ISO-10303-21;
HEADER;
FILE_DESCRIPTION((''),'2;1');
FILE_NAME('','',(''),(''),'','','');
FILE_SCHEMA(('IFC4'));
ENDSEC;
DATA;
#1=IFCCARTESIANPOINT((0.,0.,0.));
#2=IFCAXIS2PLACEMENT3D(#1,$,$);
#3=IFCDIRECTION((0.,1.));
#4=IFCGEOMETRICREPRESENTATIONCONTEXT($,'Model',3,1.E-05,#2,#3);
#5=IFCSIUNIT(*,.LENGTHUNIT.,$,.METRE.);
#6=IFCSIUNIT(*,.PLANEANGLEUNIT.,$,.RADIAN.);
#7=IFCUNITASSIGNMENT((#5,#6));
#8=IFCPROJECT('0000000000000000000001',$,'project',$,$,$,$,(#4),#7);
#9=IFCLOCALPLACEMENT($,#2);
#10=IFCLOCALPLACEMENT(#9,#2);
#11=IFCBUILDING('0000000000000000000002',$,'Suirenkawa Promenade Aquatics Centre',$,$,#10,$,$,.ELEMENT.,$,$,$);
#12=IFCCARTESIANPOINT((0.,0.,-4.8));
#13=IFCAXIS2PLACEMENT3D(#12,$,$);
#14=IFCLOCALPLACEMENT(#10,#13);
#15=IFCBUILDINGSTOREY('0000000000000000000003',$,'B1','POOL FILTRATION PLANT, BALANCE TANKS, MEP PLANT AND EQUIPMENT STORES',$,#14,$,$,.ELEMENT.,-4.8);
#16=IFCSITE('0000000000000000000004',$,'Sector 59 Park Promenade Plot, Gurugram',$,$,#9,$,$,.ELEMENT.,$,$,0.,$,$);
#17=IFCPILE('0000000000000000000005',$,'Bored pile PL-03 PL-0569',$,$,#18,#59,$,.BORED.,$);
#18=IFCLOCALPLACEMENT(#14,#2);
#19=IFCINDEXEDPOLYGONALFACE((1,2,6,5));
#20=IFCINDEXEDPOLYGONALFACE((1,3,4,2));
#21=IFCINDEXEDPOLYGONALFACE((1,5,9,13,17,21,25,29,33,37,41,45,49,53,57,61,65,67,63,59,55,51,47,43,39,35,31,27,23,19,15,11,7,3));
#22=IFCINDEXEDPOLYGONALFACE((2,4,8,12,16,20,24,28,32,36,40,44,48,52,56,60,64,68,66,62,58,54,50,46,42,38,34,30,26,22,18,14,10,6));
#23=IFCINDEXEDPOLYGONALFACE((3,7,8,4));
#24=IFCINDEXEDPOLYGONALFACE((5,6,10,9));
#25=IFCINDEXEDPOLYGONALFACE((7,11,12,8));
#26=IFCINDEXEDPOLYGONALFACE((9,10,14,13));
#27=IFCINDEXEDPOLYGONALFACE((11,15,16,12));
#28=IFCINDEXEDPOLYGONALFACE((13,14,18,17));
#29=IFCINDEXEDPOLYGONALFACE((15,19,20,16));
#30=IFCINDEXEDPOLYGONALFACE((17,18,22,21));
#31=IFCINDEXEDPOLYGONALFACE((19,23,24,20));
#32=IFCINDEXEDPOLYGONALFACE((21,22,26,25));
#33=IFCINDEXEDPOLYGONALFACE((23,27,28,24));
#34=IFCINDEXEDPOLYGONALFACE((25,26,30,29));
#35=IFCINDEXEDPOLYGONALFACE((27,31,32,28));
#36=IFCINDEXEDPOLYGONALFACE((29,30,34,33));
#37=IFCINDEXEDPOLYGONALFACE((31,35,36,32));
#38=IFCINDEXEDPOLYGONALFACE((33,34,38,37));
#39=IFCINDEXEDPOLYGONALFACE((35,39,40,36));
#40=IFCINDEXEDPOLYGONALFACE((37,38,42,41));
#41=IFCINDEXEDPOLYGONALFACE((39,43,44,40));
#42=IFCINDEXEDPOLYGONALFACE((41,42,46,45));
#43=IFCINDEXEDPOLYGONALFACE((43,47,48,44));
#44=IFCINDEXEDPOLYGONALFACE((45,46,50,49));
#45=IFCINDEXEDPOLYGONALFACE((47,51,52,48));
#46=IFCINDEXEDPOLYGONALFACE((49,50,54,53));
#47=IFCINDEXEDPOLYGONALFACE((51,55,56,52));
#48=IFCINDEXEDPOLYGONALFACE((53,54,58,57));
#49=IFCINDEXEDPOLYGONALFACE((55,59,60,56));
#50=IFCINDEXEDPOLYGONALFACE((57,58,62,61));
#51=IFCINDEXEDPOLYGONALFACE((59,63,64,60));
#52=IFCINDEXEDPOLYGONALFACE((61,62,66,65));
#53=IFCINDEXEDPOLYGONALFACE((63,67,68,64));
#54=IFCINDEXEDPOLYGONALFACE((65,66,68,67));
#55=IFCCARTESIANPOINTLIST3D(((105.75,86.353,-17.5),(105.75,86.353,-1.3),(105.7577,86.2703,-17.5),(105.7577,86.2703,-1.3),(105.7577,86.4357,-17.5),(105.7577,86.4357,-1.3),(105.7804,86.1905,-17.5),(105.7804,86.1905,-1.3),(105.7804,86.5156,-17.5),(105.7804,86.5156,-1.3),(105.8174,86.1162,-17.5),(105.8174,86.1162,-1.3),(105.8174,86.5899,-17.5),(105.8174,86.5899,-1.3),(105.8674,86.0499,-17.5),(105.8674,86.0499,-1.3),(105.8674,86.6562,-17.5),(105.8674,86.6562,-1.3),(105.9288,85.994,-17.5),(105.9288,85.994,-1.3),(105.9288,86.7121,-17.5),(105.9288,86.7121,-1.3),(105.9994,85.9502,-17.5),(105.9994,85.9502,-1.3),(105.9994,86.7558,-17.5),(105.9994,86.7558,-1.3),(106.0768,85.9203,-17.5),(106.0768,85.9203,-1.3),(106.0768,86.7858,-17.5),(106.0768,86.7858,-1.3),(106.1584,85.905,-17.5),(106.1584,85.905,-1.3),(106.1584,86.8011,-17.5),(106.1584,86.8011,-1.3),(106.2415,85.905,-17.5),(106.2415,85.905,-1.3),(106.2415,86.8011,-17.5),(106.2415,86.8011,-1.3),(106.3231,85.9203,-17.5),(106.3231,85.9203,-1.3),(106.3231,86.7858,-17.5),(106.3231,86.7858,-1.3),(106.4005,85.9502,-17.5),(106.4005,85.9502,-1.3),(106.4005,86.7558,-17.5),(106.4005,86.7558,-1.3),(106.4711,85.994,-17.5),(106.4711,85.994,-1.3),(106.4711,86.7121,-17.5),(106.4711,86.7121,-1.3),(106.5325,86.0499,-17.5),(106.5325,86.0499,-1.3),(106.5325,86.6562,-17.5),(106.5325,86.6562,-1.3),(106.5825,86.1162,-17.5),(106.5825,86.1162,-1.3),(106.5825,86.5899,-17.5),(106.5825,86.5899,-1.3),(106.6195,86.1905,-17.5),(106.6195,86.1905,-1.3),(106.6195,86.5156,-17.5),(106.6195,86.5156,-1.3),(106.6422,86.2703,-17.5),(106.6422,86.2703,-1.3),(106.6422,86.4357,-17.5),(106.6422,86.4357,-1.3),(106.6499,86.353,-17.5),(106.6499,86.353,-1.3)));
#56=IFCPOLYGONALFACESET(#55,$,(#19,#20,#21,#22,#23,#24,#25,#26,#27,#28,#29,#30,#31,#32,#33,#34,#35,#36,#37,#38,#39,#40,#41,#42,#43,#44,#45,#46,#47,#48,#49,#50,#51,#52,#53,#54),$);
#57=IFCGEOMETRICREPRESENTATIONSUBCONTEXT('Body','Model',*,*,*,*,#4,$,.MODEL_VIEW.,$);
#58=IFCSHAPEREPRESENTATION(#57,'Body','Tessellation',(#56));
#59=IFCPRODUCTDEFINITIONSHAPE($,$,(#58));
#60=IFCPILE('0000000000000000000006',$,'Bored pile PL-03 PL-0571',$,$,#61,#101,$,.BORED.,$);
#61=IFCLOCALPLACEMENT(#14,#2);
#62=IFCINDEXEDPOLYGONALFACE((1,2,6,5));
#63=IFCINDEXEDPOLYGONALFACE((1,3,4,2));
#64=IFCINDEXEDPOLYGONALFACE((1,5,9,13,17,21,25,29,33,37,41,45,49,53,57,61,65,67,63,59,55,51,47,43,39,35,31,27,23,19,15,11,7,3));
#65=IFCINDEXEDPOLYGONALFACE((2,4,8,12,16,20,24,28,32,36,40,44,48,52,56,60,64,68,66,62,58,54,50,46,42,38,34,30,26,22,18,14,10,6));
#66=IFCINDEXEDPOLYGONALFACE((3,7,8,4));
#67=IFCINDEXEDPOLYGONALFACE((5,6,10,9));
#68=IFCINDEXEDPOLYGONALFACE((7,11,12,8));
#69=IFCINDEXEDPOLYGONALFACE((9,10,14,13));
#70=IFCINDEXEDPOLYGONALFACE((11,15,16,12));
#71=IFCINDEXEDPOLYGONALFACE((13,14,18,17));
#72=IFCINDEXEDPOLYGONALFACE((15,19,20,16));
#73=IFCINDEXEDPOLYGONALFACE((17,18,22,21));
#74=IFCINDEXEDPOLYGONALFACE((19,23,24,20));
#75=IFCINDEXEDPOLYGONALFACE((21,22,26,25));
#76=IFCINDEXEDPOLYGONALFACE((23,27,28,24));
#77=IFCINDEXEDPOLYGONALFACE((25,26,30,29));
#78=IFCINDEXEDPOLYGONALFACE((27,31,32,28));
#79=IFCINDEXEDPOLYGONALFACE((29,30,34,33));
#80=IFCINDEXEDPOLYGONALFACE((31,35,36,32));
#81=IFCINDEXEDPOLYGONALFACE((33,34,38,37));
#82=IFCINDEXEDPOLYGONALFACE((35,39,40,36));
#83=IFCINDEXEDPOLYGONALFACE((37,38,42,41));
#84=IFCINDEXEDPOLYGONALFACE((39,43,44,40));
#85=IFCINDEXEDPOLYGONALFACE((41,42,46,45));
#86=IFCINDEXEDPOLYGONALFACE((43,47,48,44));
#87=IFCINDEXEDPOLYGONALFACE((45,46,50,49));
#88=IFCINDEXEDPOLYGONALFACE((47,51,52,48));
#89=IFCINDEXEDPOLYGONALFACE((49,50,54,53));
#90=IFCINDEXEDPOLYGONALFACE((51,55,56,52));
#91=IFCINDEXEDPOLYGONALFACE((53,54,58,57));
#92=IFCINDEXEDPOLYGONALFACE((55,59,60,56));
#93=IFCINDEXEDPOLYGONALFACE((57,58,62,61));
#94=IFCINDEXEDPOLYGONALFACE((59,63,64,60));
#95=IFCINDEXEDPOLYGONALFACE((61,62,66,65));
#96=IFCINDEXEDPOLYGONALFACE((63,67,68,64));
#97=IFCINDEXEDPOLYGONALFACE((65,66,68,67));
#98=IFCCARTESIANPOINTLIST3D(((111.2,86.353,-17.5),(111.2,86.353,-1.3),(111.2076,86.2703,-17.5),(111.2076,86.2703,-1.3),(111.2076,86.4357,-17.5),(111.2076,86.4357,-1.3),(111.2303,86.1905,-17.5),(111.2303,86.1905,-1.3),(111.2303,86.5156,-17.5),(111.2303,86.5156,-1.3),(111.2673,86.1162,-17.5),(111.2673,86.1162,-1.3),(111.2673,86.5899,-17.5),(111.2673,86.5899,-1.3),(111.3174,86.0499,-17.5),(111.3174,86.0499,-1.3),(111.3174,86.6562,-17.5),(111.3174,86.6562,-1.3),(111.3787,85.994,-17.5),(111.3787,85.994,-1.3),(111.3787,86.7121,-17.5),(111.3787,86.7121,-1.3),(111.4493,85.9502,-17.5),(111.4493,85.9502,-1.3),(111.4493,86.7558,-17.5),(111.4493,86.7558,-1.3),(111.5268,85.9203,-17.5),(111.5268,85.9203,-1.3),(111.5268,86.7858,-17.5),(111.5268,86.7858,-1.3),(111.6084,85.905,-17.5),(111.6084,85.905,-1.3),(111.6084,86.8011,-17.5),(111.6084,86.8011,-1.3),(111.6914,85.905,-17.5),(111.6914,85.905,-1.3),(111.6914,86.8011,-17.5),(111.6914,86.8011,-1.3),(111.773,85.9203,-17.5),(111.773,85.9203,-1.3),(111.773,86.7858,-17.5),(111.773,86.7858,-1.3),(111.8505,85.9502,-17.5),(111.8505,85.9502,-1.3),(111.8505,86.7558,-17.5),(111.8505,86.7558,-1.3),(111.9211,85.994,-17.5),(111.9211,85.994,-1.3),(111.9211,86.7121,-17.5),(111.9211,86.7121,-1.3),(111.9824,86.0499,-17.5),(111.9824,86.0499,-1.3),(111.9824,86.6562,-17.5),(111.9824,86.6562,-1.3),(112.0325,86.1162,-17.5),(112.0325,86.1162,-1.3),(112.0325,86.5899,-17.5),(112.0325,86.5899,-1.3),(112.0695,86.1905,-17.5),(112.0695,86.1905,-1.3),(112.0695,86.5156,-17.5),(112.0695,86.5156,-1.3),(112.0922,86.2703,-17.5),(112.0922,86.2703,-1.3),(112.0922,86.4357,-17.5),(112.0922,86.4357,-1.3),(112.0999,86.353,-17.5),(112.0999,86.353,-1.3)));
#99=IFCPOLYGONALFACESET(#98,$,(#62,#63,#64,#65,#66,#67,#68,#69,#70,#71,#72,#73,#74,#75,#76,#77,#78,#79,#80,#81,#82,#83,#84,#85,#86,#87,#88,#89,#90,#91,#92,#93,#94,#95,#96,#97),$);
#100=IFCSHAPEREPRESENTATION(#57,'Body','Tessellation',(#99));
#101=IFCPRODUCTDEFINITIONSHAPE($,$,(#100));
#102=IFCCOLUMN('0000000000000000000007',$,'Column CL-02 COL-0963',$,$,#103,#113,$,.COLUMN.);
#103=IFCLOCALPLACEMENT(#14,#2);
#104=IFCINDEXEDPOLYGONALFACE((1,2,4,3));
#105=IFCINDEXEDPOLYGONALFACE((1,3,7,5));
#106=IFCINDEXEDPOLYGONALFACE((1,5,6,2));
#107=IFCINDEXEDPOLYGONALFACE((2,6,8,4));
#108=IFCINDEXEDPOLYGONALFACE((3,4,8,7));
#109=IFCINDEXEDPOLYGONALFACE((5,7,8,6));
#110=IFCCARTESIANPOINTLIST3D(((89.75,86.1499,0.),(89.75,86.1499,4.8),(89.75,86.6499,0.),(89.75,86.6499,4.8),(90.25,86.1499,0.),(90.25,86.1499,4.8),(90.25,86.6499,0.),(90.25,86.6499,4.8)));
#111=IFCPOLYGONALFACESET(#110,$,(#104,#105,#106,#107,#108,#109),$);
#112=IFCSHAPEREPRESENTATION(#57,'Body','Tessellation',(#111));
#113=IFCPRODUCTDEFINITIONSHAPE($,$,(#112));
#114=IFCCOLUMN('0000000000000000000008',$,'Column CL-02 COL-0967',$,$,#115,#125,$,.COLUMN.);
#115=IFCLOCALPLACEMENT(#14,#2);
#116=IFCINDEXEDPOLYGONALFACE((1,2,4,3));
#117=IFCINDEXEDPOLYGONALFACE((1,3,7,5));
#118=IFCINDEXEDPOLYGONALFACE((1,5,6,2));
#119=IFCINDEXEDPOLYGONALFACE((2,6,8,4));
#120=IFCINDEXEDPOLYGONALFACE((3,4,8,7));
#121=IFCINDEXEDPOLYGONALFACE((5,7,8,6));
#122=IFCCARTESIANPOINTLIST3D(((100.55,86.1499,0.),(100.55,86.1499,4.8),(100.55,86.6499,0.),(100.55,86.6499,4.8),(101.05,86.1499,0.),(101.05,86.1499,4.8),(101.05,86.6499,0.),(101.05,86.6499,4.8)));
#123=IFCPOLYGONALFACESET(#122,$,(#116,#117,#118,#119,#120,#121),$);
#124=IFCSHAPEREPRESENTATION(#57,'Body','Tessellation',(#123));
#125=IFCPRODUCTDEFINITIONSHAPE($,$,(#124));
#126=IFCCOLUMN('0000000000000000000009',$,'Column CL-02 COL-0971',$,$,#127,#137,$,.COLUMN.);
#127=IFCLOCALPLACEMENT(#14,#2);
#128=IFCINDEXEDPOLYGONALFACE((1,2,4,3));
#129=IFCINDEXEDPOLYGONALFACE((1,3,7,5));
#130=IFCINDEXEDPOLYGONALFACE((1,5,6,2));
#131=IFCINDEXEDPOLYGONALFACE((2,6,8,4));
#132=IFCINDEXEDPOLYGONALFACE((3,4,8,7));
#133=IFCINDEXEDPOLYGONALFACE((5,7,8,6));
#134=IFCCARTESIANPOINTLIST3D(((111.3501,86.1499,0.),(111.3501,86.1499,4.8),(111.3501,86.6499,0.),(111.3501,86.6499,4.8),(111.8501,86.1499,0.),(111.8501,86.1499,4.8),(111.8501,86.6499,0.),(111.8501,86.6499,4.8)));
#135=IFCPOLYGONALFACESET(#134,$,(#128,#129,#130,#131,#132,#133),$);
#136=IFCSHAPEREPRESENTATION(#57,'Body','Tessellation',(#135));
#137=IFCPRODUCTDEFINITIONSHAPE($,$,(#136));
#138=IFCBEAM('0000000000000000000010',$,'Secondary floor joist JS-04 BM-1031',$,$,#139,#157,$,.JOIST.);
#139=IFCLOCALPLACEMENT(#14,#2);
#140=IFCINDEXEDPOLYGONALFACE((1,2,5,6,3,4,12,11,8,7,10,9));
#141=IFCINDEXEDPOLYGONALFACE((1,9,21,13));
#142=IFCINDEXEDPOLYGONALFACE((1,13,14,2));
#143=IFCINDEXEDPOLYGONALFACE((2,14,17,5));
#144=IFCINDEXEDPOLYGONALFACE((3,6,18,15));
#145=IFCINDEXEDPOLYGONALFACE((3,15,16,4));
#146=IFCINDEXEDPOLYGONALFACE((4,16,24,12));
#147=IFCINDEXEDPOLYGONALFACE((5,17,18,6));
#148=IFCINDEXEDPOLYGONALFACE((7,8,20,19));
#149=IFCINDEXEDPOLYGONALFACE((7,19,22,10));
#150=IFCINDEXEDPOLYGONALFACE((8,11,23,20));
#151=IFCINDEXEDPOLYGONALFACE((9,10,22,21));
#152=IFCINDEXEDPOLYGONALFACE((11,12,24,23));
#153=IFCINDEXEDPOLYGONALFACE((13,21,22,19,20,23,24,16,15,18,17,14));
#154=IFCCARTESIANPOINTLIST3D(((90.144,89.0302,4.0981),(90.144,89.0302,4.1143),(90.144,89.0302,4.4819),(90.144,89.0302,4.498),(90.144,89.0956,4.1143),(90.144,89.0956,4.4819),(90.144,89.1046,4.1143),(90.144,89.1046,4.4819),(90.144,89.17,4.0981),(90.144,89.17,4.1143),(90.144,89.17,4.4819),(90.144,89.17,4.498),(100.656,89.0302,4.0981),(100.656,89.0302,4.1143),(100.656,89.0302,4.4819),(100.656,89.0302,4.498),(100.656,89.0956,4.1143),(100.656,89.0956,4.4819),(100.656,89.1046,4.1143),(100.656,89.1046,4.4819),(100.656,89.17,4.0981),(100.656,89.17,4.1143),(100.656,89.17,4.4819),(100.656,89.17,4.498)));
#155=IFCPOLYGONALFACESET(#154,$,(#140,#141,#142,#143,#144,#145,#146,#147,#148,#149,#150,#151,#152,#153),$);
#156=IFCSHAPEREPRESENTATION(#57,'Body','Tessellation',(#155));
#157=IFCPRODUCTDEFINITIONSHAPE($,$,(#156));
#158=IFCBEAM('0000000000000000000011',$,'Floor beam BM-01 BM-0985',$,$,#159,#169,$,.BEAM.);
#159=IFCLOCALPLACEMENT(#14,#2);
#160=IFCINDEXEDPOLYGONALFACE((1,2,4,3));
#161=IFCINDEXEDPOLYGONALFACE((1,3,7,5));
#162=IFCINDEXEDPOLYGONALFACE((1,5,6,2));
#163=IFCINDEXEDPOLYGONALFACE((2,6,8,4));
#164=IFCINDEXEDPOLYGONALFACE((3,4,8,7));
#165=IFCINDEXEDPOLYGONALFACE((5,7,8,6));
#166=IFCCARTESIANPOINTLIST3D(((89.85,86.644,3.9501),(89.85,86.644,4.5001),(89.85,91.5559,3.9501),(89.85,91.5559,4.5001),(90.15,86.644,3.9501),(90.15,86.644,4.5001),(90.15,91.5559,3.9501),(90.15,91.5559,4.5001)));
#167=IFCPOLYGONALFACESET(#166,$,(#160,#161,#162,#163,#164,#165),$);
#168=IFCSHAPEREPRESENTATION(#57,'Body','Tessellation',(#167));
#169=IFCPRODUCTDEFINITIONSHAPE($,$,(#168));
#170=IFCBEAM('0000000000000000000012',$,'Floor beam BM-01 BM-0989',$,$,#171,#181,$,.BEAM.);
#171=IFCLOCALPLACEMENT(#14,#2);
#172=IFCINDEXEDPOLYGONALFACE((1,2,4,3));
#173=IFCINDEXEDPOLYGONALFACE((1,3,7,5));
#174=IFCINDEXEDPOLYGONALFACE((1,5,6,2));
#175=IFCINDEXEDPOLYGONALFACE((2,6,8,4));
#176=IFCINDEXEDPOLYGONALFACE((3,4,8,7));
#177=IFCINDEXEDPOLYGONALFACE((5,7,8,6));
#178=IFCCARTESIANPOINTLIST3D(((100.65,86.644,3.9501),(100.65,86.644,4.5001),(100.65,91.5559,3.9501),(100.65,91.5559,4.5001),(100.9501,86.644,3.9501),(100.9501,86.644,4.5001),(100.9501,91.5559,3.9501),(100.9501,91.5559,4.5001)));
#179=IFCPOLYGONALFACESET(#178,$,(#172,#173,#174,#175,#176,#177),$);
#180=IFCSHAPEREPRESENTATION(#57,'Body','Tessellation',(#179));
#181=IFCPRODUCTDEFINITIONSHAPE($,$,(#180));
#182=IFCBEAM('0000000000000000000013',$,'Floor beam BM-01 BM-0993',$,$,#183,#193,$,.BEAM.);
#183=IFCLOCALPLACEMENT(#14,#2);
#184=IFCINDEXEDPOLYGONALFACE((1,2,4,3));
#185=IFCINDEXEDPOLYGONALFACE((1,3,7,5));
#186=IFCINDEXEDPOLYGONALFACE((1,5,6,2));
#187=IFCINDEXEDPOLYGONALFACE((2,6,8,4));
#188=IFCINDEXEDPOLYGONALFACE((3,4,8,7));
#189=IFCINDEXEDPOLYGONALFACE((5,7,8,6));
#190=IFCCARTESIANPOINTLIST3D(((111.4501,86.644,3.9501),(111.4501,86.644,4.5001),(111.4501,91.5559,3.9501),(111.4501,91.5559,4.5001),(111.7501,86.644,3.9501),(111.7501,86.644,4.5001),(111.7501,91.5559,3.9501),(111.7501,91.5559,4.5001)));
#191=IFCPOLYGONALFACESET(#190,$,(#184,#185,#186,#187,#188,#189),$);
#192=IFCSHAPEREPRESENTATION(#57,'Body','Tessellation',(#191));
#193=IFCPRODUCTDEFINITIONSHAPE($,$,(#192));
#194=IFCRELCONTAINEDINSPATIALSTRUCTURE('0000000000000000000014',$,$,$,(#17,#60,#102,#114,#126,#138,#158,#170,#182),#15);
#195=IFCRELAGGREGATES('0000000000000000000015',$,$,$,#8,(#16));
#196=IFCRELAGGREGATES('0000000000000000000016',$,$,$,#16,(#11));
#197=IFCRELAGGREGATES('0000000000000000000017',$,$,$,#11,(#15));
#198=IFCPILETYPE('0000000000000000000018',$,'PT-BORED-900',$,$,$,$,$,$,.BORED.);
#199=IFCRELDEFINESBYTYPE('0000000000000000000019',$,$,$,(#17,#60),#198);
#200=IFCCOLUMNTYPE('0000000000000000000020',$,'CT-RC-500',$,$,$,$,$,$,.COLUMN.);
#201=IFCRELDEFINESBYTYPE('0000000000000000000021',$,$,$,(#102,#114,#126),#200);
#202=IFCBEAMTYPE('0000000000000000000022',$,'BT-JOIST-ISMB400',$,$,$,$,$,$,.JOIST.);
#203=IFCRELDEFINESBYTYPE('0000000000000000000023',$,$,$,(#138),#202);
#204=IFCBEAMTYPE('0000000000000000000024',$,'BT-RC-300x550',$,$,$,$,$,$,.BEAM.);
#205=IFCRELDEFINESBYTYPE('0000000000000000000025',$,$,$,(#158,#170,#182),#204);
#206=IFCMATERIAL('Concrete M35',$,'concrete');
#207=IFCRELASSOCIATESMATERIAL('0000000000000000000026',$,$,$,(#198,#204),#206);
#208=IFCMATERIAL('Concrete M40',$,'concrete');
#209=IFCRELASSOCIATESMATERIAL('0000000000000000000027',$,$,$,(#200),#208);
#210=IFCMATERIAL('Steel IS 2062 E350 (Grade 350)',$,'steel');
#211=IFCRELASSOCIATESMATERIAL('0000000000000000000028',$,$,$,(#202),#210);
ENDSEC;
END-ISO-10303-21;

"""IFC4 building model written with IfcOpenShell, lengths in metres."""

from ifc_helpers import new_model, si_unit, direction, frame, origin, origin_2d, place, context, subcontext, project, spatial, rectangle, circle, i_section, extrude, material, material_profile, profile_set, type_object, element, save


model = new_model("IFC4")

# Units and contexts
model_context = context("Model", 3, precision=1e-05, world=origin(), true_north=direction((0.0, 1.0)))
body_context = subcontext(model_context, "Body", "Model", "MODEL_VIEW")
ifc_project = project(units=[si_unit("LENGTHUNIT", "METRE"), si_unit("PLANEANGLEUNIT", "RADIAN")], contexts=[model_context])

# Site, building, storey
site_placement = place(None, origin())
site = spatial("IfcSite", under=ifc_project, at=site_placement, Name="Sector 59 Park Promenade Plot, Gurugram", CompositionType="ELEMENT", RefElevation=0.0)
building_placement = place(site_placement, origin())
building = spatial("IfcBuilding", under=site, at=building_placement, Name="Suirenkawa Promenade Aquatics Centre", CompositionType="ELEMENT")
storey_placement = place(building_placement, frame((0.0, 0.0, -4.8)))
storey = spatial("IfcBuildingStorey", under=building, at=storey_placement, Name="B1", Description="POOL FILTRATION PLANT, BALANCE TANKS, MEP PLANT AND EQUIPMENT STORES", CompositionType="ELEMENT", Elevation=-4.8)

# Shared definitions
ifc_material_1 = material(Name="Concrete M35", Category="concrete")

# Piles
ifc_material_profile_1 = material_profile(ifc_material_1, circle(Radius=0.45, at=origin_2d()), Name="PILE D900", Category="concrete")
ifc_profile_set_1 = profile_set([ifc_material_profile_1], Name="Concrete M35")
pile_type_1 = type_object("IfcPileType", Name="PT-BORED-900", PredefinedType="BORED", material=ifc_profile_set_1)
for number, where, z_axis, x_axis, name in (
    (1, (106.2, 86.353, -1.3), (0.0, 0.0, -1.0), (1.0, 0.0, 0.0), "Bored pile PL-03 PL-0569"),
    (2, (111.6499, 86.353, -1.3), (0.0, 0.0, -1.0), (1.0, 0.0, 0.0), "Bored pile PL-03 PL-0571"),
):
    element("IfcPile", number, at=place(storey_placement, frame(where, z_axis=z_axis, x_axis=x_axis)), inside=storey, type_object=pile_type_1, Name=name, PredefinedType="BORED", context=body_context, shape_type="SweptSolid", body=[
        extrude(circle(Radius=0.45, at=origin_2d()), origin(), (0.0, 0.0, 1.0), 16.2),
    ])

# Columns
ifc_material_2 = material(Name="Concrete M40", Category="concrete")
ifc_material_profile_2 = material_profile(ifc_material_2, rectangle(XDim=0.5, YDim=0.5, at=origin_2d()), Name="RC COL 500x500", Category="concrete")
ifc_profile_set_2 = profile_set([ifc_material_profile_2], Name="Concrete M40")
column_type = type_object("IfcColumnType", Name="CT-RC-500", PredefinedType="COLUMN", material=ifc_profile_set_2)
for number, where, z_axis, x_axis, name in (
    (3, (90.0, 86.3999, 0.0), (0.0, 0.0, 1.0), (1.0, 0.0, 0.0), "Column CL-02 COL-0963"),
    (4, (100.8, 86.3999, 0.0), (0.0, 0.0, 1.0), (1.0, 0.0, 0.0), "Column CL-02 COL-0967"),
    (5, (111.6001, 86.3999, 0.0), (0.0, 0.0, 1.0), (1.0, 0.0, 0.0), "Column CL-02 COL-0971"),
):
    element("IfcColumn", number, at=place(storey_placement, frame(where, z_axis=z_axis, x_axis=x_axis)), inside=storey, type_object=column_type, Name=name, PredefinedType="COLUMN", context=body_context, shape_type="SweptSolid", body=[
        extrude(rectangle(XDim=0.5, YDim=0.5, at=origin_2d()), origin(), (0.0, 0.0, 1.0), 4.8),
    ])

# Beams
ifc_material_3 = material(Name="Steel IS 2062 E350 (Grade 350)", Category="steel")
ifc_material_profile_3 = material_profile(ifc_material_3, i_section(OverallWidth=0.1399, OverallDepth=0.3999, WebThickness=0.009, FlangeThickness=0.0161, at=origin_2d()), Name="ISMB 400", Category="steel")
ifc_profile_set_3 = profile_set([ifc_material_profile_3], Name="Steel IS 2062 E350 (Grade 350)")
beam_type_1 = type_object("IfcBeamType", Name="BT-JOIST-ISMB400", PredefinedType="JOIST", material=ifc_profile_set_3)
beam_1_placement = place(storey_placement, frame((90.144, 89.1001, 4.2981), z_axis=(1.0, 0.0, 0.0), x_axis=(0.0, 1.0, 0.0)))
element("IfcBeam", 6, at=beam_1_placement, inside=storey, type_object=beam_type_1, Name="Secondary floor joist JS-04 BM-1031", PredefinedType="JOIST", context=body_context, shape_type="SweptSolid", body=[
    extrude(i_section(OverallWidth=0.1399, OverallDepth=0.3999, WebThickness=0.009, FlangeThickness=0.0161, at=origin_2d()), origin(), (0.0, 0.0, 1.0), 10.512),
])
ifc_material_profile_4 = material_profile(ifc_material_1, rectangle(XDim=0.3, YDim=0.55, at=origin_2d()), Name="RC BM 300x550", Category="concrete")
ifc_profile_set_4 = profile_set([ifc_material_profile_4], Name="Concrete M35")
beam_type_2 = type_object("IfcBeamType", Name="BT-RC-300x550", PredefinedType="BEAM", material=ifc_profile_set_4)
for number, where, z_axis, x_axis, name in (
    (7, (90.0, 86.644, 4.2251), (0.0, 1.0, 0.0), (-1.0, 0.0, 0.0), "Floor beam BM-01 BM-0985"),
    (8, (100.8, 86.644, 4.2251), (0.0, 1.0, 0.0), (-1.0, 0.0, 0.0), "Floor beam BM-01 BM-0989"),
    (9, (111.6001, 86.644, 4.2251), (0.0, 1.0, 0.0), (-1.0, 0.0, 0.0), "Floor beam BM-01 BM-0993"),
):
    element("IfcBeam", number, at=place(storey_placement, frame(where, z_axis=z_axis, x_axis=x_axis)), inside=storey, type_object=beam_type_2, Name=name, PredefinedType="BEAM", context=body_context, shape_type="SweptSolid", body=[
        extrude(rectangle(XDim=0.3, YDim=0.55, at=origin_2d()), origin(), (0.0, 0.0, 1.0), 4.9119),
    ])

save(model, "model.ifc")
